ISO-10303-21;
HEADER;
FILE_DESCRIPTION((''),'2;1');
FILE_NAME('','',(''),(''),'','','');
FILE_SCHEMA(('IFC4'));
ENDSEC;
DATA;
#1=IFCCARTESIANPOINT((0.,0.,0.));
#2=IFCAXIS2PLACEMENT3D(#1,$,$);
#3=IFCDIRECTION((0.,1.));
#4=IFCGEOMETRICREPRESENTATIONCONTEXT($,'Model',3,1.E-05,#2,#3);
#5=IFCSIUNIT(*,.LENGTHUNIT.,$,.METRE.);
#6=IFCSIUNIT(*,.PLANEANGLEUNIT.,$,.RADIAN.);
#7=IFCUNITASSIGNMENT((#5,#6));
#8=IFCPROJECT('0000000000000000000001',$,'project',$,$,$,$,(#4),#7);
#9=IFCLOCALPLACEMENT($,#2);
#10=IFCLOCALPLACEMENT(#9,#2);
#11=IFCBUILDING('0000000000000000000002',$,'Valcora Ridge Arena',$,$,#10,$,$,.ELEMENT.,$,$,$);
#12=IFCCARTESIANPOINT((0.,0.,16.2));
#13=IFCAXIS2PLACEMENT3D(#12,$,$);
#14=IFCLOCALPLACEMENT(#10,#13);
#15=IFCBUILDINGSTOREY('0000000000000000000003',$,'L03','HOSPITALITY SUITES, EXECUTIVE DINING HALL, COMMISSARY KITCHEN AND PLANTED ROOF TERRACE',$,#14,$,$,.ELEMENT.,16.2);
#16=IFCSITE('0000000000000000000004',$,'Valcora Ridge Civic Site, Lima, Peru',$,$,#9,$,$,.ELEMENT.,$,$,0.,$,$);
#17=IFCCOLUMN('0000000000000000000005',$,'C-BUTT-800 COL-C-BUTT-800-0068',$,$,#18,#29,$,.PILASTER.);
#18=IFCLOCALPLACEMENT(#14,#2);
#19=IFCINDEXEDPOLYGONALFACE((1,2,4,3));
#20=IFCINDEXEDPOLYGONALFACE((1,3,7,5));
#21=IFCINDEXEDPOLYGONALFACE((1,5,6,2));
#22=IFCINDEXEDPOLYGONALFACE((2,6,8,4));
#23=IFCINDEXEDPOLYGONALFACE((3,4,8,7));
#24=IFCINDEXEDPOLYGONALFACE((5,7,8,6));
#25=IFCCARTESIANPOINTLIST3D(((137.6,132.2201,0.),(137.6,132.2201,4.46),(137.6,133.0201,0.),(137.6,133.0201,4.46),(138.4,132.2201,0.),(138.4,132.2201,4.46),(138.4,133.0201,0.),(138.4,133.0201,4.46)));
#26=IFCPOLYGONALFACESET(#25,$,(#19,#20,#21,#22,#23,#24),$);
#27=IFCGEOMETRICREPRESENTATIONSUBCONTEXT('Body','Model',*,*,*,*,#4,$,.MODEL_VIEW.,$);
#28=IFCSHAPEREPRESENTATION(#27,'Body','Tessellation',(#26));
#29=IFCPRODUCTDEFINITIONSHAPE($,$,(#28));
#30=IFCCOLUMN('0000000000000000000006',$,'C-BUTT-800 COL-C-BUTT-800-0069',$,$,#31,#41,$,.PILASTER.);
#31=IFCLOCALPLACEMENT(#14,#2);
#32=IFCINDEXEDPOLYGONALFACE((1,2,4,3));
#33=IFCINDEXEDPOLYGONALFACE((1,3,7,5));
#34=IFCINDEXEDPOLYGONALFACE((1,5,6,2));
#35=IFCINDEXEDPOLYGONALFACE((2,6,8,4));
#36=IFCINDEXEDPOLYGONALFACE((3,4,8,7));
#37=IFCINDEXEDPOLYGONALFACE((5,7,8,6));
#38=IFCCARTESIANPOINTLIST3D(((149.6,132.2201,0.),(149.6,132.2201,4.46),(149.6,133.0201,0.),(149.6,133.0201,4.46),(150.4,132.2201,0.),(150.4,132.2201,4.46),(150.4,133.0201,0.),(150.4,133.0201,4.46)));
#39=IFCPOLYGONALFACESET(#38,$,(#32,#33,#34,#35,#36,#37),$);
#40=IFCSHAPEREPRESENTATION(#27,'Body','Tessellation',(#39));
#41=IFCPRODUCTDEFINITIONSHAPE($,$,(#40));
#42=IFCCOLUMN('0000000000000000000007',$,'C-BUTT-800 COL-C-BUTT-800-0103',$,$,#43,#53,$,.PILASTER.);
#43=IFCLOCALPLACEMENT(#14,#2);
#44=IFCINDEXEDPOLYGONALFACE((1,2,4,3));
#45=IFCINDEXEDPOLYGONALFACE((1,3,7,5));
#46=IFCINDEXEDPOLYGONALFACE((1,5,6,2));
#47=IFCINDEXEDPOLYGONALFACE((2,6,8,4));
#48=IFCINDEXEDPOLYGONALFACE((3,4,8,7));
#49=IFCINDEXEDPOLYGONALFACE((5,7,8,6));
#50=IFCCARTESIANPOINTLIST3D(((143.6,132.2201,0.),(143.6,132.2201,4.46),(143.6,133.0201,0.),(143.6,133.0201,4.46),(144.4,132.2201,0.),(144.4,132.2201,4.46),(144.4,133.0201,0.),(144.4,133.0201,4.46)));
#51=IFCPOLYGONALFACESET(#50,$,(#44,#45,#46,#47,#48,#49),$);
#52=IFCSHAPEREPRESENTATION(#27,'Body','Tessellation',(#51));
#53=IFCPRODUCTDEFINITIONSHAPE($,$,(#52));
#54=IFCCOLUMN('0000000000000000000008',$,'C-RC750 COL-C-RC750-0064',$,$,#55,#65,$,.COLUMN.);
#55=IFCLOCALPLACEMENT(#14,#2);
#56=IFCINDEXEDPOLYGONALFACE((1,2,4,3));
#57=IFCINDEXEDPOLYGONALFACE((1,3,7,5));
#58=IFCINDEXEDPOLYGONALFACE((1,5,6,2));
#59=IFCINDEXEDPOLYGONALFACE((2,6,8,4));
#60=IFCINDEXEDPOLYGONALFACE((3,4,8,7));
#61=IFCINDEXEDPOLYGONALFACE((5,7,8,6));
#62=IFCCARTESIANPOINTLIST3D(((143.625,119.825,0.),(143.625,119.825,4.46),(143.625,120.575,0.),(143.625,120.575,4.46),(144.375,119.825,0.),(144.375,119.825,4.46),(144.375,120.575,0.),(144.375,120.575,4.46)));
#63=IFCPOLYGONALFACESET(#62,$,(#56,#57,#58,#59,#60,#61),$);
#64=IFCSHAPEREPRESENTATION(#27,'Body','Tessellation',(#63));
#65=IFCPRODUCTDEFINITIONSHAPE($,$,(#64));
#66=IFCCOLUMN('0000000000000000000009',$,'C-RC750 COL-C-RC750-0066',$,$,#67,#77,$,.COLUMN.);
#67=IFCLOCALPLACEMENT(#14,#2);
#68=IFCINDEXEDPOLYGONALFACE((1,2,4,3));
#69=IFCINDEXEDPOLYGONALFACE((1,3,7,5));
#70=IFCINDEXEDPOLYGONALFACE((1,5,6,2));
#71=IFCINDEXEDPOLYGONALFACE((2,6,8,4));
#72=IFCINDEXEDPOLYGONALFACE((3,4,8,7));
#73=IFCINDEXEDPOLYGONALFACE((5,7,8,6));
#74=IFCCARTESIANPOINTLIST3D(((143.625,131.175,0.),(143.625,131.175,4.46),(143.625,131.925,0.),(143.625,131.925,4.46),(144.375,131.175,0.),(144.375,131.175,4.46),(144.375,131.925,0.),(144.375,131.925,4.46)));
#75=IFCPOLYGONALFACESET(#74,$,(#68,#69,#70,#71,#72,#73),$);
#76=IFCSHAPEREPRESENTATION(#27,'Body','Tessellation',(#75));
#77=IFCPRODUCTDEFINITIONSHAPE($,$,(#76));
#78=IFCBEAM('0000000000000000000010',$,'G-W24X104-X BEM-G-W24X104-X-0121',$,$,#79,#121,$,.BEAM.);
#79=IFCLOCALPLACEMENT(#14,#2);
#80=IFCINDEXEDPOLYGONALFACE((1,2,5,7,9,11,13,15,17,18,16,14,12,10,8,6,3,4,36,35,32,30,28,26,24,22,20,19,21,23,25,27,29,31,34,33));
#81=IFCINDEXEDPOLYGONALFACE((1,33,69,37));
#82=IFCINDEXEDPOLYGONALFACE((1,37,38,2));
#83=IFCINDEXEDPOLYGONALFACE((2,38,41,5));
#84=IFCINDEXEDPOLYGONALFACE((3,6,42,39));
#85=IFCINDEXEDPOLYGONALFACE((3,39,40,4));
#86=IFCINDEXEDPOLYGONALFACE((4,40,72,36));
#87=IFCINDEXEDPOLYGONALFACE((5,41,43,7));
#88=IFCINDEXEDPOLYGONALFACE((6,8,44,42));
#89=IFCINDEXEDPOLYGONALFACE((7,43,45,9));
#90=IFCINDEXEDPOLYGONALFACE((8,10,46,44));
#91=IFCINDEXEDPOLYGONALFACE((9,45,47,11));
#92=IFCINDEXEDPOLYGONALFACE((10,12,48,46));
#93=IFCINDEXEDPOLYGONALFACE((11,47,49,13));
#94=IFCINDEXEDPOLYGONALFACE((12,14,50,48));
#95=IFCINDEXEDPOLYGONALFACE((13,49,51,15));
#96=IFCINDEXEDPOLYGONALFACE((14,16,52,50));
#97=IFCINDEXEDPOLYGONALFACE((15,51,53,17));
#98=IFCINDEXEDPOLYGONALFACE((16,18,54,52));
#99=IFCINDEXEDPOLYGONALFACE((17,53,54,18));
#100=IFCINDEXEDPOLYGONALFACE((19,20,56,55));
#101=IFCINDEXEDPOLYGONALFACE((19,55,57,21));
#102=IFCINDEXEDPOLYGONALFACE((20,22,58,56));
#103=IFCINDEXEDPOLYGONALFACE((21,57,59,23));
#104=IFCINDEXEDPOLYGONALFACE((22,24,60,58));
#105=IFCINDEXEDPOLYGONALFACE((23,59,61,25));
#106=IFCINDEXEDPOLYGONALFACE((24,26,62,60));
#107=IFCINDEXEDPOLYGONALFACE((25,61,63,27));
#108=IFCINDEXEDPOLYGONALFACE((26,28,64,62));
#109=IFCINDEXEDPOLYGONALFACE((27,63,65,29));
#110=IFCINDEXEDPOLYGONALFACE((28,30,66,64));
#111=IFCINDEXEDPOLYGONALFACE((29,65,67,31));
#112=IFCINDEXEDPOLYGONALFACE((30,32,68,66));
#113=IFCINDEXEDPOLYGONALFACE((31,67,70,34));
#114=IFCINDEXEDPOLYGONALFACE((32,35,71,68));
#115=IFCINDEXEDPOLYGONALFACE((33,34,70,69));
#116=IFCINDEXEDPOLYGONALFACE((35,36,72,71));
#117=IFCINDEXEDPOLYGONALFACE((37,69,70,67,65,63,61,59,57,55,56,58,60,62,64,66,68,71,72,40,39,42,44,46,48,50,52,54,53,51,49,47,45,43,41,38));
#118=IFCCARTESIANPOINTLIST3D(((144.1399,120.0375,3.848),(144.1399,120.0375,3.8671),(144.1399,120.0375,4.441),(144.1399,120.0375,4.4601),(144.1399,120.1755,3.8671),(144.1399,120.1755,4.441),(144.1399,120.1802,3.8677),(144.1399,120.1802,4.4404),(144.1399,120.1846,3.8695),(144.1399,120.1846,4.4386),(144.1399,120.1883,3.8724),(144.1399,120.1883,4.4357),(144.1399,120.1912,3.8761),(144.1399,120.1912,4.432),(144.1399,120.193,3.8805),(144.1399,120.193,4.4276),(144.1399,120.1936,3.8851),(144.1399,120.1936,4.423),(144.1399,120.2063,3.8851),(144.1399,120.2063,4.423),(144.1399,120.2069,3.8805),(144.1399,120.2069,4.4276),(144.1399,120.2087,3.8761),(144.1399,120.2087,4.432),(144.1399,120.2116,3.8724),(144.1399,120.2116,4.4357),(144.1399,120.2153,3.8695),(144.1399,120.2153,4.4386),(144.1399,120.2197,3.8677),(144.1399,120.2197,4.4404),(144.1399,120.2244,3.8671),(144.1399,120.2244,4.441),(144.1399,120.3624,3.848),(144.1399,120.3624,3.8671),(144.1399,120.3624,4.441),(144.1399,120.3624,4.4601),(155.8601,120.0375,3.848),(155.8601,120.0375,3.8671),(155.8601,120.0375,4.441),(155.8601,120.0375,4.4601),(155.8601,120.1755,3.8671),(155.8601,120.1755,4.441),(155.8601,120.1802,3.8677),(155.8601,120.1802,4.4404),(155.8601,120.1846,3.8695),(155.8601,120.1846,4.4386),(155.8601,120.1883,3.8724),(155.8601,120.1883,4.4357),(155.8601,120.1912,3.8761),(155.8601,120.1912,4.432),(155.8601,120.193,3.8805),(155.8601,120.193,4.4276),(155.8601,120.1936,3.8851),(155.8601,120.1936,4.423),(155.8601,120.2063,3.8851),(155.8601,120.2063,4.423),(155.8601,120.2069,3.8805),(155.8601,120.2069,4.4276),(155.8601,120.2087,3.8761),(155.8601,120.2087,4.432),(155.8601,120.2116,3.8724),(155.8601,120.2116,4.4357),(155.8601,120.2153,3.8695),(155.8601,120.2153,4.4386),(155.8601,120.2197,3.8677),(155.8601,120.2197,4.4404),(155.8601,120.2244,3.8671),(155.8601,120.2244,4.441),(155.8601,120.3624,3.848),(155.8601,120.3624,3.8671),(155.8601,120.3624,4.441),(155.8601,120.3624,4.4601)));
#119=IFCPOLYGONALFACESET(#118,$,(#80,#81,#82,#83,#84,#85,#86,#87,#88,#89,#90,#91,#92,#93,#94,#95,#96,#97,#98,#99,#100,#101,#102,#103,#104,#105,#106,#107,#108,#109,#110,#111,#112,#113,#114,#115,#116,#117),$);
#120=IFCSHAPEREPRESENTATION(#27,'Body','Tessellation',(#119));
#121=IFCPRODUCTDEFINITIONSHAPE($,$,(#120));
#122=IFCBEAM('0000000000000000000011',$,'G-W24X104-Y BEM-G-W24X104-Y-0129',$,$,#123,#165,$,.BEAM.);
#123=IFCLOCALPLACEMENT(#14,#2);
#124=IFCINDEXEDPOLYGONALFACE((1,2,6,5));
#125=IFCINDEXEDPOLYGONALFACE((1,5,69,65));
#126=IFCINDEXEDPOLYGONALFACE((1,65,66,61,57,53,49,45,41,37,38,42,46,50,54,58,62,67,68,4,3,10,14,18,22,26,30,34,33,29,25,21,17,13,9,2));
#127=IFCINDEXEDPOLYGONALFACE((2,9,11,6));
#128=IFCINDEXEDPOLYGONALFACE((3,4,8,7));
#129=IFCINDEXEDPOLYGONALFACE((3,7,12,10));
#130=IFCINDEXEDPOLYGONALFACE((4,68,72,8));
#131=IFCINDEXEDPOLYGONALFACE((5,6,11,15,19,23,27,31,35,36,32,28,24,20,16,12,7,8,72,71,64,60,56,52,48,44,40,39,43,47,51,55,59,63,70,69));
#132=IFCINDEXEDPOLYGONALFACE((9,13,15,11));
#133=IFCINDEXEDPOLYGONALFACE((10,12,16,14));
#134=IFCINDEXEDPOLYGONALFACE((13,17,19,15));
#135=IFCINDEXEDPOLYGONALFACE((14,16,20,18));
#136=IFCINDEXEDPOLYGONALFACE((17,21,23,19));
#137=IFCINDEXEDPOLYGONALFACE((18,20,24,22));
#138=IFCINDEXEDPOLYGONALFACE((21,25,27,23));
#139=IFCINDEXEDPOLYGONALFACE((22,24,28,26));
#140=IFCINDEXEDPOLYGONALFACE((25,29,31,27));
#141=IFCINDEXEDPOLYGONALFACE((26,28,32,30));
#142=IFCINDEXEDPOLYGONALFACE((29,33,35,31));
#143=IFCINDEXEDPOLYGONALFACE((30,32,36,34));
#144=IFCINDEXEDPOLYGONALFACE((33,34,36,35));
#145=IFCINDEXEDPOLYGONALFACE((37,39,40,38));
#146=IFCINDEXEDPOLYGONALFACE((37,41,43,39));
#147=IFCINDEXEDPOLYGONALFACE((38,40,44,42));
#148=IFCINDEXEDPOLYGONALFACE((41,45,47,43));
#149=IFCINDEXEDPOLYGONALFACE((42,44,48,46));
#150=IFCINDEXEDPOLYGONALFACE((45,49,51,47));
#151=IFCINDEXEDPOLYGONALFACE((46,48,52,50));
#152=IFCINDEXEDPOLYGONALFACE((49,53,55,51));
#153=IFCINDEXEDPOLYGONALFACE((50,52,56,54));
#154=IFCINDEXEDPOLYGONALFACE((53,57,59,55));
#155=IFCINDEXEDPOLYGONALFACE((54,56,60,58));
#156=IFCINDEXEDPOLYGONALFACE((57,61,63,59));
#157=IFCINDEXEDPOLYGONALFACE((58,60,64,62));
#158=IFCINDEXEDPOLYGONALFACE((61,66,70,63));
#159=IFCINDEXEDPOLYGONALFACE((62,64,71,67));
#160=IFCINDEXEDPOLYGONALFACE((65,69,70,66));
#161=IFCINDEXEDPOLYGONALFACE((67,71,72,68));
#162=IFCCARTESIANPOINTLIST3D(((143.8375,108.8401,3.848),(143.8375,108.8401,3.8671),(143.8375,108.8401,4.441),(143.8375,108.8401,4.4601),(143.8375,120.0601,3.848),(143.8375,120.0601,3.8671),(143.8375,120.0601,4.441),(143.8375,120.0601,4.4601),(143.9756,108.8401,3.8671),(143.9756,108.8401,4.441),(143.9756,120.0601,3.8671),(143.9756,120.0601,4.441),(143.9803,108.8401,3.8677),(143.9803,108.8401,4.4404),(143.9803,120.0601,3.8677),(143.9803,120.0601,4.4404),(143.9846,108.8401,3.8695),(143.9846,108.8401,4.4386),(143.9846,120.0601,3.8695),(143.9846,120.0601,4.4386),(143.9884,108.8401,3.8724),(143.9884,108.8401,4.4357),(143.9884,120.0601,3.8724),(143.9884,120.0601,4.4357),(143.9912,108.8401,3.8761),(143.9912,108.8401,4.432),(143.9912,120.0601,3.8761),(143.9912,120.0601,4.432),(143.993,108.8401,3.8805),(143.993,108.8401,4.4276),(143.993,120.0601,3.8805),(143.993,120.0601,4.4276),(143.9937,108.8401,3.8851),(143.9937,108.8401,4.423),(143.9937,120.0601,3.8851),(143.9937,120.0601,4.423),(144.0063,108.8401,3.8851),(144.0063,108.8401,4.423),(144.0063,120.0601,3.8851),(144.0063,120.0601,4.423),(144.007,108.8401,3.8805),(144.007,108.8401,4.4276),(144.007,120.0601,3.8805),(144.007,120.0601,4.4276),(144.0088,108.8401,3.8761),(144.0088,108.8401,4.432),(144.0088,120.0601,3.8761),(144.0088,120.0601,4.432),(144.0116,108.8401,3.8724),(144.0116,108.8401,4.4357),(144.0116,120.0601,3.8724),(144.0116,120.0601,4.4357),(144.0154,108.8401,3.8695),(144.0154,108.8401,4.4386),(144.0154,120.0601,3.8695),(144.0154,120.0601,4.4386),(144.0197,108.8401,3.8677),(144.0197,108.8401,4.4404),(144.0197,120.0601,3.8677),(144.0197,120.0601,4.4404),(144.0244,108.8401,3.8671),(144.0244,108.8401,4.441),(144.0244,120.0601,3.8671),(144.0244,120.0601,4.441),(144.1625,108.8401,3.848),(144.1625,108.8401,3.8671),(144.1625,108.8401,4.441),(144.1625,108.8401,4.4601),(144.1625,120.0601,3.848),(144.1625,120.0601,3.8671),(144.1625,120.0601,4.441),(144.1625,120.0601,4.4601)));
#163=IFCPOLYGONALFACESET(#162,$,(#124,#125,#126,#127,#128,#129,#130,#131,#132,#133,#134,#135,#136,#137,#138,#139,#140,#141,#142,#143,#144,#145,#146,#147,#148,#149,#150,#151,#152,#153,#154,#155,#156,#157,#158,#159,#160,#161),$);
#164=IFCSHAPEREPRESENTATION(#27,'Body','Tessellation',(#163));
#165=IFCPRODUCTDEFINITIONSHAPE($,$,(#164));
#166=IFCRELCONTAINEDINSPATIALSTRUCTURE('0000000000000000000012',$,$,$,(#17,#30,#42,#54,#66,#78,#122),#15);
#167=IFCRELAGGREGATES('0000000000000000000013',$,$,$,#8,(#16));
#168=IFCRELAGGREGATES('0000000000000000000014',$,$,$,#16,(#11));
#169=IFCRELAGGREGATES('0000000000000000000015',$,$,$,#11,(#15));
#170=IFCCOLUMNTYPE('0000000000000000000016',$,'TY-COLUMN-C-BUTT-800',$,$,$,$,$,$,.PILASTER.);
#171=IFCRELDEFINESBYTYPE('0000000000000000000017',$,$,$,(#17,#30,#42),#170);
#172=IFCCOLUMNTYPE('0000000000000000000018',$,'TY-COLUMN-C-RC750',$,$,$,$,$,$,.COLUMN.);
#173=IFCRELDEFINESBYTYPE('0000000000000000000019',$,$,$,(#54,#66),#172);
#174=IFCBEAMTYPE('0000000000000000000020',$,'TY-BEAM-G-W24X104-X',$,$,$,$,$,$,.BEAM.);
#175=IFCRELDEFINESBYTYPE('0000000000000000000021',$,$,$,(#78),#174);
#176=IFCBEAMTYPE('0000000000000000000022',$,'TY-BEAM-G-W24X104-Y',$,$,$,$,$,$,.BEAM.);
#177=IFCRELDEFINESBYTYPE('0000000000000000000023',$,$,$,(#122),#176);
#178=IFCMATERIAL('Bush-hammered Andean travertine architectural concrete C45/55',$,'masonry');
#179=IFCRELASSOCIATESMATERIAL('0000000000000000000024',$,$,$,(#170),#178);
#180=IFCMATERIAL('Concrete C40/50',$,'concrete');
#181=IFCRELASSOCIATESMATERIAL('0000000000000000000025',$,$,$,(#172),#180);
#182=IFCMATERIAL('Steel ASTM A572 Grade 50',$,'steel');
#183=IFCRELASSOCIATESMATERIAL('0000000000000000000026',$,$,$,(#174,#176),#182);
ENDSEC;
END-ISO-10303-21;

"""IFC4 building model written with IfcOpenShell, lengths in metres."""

from ifc_helpers import new_model, si_unit, direction, frame, origin, origin_2d, place, context, subcontext, project, spatial, rectangle, i_section, extrude, material, material_profile, profile_set, type_object, element, save


model = new_model("IFC4")

# Units and contexts
model_context = context("Model", 3, precision=1e-05, world=origin(), true_north=direction((0.0, 1.0)))
body_context = subcontext(model_context, "Body", "Model", "MODEL_VIEW")
ifc_project = project(units=[si_unit("LENGTHUNIT", "METRE"), si_unit("PLANEANGLEUNIT", "RADIAN")], contexts=[model_context])

# Site, building, storey
site_placement = place(None, origin())
site = spatial("IfcSite", under=ifc_project, at=site_placement, Name="Valcora Ridge Civic Site, Lima, Peru", CompositionType="ELEMENT", RefElevation=0.0)
building_placement = place(site_placement, origin())
building = spatial("IfcBuilding", under=site, at=building_placement, Name="Valcora Ridge Arena", CompositionType="ELEMENT")
storey_placement = place(building_placement, frame((0.0, 0.0, 16.2)))
storey = spatial("IfcBuildingStorey", under=building, at=storey_placement, Name="L03", Description="HOSPITALITY SUITES, EXECUTIVE DINING HALL, COMMISSARY KITCHEN AND PLANTED ROOF TERRACE", CompositionType="ELEMENT", Elevation=16.2)

# Columns
ifc_material_1 = material(Name="Bush-hammered Andean travertine architectural concrete C45/55", Category="masonry")
ifc_material_profile_1 = material_profile(ifc_material_1, rectangle(XDim=0.8, YDim=0.8, at=origin_2d()), Name="RC 800x800")
ifc_profile_set_1 = profile_set([ifc_material_profile_1], Name="Bush-hammered Andean travertine architectural concrete C45/55")
column_type_1 = type_object("IfcColumnType", Name="TY-COLUMN-C-BUTT-800", PredefinedType="PILASTER", material=ifc_profile_set_1)
for number, where, z_axis, x_axis, name in (
    (1, (138.0, 132.6201, 0.0), (0.0, 0.0, 1.0), (1.0, 0.0, 0.0), "C-BUTT-800 COL-C-BUTT-800-0068"),
    (2, (150.0, 132.6201, 0.0), (0.0, 0.0, 1.0), (1.0, 0.0, 0.0), "C-BUTT-800 COL-C-BUTT-800-0069"),
    (3, (144.0, 132.6201, 0.0), (0.0, 0.0, 1.0), (1.0, 0.0, 0.0), "C-BUTT-800 COL-C-BUTT-800-0103"),
):
    element("IfcColumn", number, at=place(storey_placement, frame(where, z_axis=z_axis, x_axis=x_axis)), inside=storey, type_object=column_type_1, Name=name, PredefinedType="PILASTER", context=body_context, shape_type="SweptSolid", body=[
        extrude(rectangle(XDim=0.8, YDim=0.8, at=origin_2d()), origin(), (0.0, 0.0, 1.0), 4.46),
    ])
ifc_material_2 = material(Name="Concrete C40/50", Category="concrete")
ifc_material_profile_2 = material_profile(ifc_material_2, rectangle(XDim=0.75, YDim=0.75, at=origin_2d()), Name="RC 750x750")
ifc_profile_set_2 = profile_set([ifc_material_profile_2], Name="Concrete C40/50")
column_type_2 = type_object("IfcColumnType", Name="TY-COLUMN-C-RC750", PredefinedType="COLUMN", material=ifc_profile_set_2)
for number, where, z_axis, x_axis, name in (
    (4, (144.0, 120.2, 0.0), (0.0, 0.0, 1.0), (1.0, 0.0, 0.0), "C-RC750 COL-C-RC750-0064"),
    (5, (144.0, 131.55, 0.0), (0.0, 0.0, 1.0), (1.0, 0.0, 0.0), "C-RC750 COL-C-RC750-0066"),
):
    element("IfcColumn", number, at=place(storey_placement, frame(where, z_axis=z_axis, x_axis=x_axis)), inside=storey, type_object=column_type_2, Name=name, PredefinedType="COLUMN", context=body_context, shape_type="SweptSolid", body=[
        extrude(rectangle(XDim=0.75, YDim=0.75, at=origin_2d()), origin(), (0.0, 0.0, 1.0), 4.46),
    ])

# Beams
ifc_material_3 = material(Name="Steel ASTM A572 Grade 50", Category="steel")
ifc_material_profile_3 = material_profile(ifc_material_3, i_section(OverallWidth=0.325, OverallDepth=0.6121, WebThickness=0.0127, FlangeThickness=0.019, FilletRadius=0.0181, at=origin_2d()), Name="W24X104")
ifc_profile_set_3 = profile_set([ifc_material_profile_3], Name="Steel ASTM A572 Grade 50")
beam_type_1 = type_object("IfcBeamType", Name="TY-BEAM-G-W24X104-X", PredefinedType="BEAM", material=ifc_profile_set_3)
beam_1_placement = place(storey_placement, frame((144.1399, 120.2, 4.1541), z_axis=(1.0, 0.0, 0.0), x_axis=(0.0, 1.0, 0.0)))
element("IfcBeam", 6, at=beam_1_placement, inside=storey, type_object=beam_type_1, Name="G-W24X104-X BEM-G-W24X104-X-0121", PredefinedType="BEAM", context=body_context, shape_type="SweptSolid", body=[
    extrude(i_section(OverallWidth=0.325, OverallDepth=0.6121, WebThickness=0.0127, FlangeThickness=0.019, FilletRadius=0.0181, at=origin_2d()), origin(), (0.0, 0.0, 1.0), 11.7202),
])
ifc_material_profile_4 = material_profile(ifc_material_3, i_section(OverallWidth=0.325, OverallDepth=0.6121, WebThickness=0.0127, FlangeThickness=0.019, FilletRadius=0.0181, at=origin_2d()), Name="W24X104")
ifc_profile_set_4 = profile_set([ifc_material_profile_4], Name="Steel ASTM A572 Grade 50")
beam_type_2 = type_object("IfcBeamType", Name="TY-BEAM-G-W24X104-Y", PredefinedType="BEAM", material=ifc_profile_set_4)
beam_2_placement = place(storey_placement, frame((144.0, 108.8401, 4.1541), z_axis=(0.0, 1.0, 0.0), x_axis=(-1.0, 0.0, 0.0)))
element("IfcBeam", 7, at=beam_2_placement, inside=storey, type_object=beam_type_2, Name="G-W24X104-Y BEM-G-W24X104-Y-0129", PredefinedType="BEAM", context=body_context, shape_type="SweptSolid", body=[
    extrude(i_section(OverallWidth=0.325, OverallDepth=0.6121, WebThickness=0.0127, FlangeThickness=0.019, FilletRadius=0.0181, at=origin_2d()), origin(), (0.0, 0.0, 1.0), 11.22),
])

save(model, "model.ifc")
